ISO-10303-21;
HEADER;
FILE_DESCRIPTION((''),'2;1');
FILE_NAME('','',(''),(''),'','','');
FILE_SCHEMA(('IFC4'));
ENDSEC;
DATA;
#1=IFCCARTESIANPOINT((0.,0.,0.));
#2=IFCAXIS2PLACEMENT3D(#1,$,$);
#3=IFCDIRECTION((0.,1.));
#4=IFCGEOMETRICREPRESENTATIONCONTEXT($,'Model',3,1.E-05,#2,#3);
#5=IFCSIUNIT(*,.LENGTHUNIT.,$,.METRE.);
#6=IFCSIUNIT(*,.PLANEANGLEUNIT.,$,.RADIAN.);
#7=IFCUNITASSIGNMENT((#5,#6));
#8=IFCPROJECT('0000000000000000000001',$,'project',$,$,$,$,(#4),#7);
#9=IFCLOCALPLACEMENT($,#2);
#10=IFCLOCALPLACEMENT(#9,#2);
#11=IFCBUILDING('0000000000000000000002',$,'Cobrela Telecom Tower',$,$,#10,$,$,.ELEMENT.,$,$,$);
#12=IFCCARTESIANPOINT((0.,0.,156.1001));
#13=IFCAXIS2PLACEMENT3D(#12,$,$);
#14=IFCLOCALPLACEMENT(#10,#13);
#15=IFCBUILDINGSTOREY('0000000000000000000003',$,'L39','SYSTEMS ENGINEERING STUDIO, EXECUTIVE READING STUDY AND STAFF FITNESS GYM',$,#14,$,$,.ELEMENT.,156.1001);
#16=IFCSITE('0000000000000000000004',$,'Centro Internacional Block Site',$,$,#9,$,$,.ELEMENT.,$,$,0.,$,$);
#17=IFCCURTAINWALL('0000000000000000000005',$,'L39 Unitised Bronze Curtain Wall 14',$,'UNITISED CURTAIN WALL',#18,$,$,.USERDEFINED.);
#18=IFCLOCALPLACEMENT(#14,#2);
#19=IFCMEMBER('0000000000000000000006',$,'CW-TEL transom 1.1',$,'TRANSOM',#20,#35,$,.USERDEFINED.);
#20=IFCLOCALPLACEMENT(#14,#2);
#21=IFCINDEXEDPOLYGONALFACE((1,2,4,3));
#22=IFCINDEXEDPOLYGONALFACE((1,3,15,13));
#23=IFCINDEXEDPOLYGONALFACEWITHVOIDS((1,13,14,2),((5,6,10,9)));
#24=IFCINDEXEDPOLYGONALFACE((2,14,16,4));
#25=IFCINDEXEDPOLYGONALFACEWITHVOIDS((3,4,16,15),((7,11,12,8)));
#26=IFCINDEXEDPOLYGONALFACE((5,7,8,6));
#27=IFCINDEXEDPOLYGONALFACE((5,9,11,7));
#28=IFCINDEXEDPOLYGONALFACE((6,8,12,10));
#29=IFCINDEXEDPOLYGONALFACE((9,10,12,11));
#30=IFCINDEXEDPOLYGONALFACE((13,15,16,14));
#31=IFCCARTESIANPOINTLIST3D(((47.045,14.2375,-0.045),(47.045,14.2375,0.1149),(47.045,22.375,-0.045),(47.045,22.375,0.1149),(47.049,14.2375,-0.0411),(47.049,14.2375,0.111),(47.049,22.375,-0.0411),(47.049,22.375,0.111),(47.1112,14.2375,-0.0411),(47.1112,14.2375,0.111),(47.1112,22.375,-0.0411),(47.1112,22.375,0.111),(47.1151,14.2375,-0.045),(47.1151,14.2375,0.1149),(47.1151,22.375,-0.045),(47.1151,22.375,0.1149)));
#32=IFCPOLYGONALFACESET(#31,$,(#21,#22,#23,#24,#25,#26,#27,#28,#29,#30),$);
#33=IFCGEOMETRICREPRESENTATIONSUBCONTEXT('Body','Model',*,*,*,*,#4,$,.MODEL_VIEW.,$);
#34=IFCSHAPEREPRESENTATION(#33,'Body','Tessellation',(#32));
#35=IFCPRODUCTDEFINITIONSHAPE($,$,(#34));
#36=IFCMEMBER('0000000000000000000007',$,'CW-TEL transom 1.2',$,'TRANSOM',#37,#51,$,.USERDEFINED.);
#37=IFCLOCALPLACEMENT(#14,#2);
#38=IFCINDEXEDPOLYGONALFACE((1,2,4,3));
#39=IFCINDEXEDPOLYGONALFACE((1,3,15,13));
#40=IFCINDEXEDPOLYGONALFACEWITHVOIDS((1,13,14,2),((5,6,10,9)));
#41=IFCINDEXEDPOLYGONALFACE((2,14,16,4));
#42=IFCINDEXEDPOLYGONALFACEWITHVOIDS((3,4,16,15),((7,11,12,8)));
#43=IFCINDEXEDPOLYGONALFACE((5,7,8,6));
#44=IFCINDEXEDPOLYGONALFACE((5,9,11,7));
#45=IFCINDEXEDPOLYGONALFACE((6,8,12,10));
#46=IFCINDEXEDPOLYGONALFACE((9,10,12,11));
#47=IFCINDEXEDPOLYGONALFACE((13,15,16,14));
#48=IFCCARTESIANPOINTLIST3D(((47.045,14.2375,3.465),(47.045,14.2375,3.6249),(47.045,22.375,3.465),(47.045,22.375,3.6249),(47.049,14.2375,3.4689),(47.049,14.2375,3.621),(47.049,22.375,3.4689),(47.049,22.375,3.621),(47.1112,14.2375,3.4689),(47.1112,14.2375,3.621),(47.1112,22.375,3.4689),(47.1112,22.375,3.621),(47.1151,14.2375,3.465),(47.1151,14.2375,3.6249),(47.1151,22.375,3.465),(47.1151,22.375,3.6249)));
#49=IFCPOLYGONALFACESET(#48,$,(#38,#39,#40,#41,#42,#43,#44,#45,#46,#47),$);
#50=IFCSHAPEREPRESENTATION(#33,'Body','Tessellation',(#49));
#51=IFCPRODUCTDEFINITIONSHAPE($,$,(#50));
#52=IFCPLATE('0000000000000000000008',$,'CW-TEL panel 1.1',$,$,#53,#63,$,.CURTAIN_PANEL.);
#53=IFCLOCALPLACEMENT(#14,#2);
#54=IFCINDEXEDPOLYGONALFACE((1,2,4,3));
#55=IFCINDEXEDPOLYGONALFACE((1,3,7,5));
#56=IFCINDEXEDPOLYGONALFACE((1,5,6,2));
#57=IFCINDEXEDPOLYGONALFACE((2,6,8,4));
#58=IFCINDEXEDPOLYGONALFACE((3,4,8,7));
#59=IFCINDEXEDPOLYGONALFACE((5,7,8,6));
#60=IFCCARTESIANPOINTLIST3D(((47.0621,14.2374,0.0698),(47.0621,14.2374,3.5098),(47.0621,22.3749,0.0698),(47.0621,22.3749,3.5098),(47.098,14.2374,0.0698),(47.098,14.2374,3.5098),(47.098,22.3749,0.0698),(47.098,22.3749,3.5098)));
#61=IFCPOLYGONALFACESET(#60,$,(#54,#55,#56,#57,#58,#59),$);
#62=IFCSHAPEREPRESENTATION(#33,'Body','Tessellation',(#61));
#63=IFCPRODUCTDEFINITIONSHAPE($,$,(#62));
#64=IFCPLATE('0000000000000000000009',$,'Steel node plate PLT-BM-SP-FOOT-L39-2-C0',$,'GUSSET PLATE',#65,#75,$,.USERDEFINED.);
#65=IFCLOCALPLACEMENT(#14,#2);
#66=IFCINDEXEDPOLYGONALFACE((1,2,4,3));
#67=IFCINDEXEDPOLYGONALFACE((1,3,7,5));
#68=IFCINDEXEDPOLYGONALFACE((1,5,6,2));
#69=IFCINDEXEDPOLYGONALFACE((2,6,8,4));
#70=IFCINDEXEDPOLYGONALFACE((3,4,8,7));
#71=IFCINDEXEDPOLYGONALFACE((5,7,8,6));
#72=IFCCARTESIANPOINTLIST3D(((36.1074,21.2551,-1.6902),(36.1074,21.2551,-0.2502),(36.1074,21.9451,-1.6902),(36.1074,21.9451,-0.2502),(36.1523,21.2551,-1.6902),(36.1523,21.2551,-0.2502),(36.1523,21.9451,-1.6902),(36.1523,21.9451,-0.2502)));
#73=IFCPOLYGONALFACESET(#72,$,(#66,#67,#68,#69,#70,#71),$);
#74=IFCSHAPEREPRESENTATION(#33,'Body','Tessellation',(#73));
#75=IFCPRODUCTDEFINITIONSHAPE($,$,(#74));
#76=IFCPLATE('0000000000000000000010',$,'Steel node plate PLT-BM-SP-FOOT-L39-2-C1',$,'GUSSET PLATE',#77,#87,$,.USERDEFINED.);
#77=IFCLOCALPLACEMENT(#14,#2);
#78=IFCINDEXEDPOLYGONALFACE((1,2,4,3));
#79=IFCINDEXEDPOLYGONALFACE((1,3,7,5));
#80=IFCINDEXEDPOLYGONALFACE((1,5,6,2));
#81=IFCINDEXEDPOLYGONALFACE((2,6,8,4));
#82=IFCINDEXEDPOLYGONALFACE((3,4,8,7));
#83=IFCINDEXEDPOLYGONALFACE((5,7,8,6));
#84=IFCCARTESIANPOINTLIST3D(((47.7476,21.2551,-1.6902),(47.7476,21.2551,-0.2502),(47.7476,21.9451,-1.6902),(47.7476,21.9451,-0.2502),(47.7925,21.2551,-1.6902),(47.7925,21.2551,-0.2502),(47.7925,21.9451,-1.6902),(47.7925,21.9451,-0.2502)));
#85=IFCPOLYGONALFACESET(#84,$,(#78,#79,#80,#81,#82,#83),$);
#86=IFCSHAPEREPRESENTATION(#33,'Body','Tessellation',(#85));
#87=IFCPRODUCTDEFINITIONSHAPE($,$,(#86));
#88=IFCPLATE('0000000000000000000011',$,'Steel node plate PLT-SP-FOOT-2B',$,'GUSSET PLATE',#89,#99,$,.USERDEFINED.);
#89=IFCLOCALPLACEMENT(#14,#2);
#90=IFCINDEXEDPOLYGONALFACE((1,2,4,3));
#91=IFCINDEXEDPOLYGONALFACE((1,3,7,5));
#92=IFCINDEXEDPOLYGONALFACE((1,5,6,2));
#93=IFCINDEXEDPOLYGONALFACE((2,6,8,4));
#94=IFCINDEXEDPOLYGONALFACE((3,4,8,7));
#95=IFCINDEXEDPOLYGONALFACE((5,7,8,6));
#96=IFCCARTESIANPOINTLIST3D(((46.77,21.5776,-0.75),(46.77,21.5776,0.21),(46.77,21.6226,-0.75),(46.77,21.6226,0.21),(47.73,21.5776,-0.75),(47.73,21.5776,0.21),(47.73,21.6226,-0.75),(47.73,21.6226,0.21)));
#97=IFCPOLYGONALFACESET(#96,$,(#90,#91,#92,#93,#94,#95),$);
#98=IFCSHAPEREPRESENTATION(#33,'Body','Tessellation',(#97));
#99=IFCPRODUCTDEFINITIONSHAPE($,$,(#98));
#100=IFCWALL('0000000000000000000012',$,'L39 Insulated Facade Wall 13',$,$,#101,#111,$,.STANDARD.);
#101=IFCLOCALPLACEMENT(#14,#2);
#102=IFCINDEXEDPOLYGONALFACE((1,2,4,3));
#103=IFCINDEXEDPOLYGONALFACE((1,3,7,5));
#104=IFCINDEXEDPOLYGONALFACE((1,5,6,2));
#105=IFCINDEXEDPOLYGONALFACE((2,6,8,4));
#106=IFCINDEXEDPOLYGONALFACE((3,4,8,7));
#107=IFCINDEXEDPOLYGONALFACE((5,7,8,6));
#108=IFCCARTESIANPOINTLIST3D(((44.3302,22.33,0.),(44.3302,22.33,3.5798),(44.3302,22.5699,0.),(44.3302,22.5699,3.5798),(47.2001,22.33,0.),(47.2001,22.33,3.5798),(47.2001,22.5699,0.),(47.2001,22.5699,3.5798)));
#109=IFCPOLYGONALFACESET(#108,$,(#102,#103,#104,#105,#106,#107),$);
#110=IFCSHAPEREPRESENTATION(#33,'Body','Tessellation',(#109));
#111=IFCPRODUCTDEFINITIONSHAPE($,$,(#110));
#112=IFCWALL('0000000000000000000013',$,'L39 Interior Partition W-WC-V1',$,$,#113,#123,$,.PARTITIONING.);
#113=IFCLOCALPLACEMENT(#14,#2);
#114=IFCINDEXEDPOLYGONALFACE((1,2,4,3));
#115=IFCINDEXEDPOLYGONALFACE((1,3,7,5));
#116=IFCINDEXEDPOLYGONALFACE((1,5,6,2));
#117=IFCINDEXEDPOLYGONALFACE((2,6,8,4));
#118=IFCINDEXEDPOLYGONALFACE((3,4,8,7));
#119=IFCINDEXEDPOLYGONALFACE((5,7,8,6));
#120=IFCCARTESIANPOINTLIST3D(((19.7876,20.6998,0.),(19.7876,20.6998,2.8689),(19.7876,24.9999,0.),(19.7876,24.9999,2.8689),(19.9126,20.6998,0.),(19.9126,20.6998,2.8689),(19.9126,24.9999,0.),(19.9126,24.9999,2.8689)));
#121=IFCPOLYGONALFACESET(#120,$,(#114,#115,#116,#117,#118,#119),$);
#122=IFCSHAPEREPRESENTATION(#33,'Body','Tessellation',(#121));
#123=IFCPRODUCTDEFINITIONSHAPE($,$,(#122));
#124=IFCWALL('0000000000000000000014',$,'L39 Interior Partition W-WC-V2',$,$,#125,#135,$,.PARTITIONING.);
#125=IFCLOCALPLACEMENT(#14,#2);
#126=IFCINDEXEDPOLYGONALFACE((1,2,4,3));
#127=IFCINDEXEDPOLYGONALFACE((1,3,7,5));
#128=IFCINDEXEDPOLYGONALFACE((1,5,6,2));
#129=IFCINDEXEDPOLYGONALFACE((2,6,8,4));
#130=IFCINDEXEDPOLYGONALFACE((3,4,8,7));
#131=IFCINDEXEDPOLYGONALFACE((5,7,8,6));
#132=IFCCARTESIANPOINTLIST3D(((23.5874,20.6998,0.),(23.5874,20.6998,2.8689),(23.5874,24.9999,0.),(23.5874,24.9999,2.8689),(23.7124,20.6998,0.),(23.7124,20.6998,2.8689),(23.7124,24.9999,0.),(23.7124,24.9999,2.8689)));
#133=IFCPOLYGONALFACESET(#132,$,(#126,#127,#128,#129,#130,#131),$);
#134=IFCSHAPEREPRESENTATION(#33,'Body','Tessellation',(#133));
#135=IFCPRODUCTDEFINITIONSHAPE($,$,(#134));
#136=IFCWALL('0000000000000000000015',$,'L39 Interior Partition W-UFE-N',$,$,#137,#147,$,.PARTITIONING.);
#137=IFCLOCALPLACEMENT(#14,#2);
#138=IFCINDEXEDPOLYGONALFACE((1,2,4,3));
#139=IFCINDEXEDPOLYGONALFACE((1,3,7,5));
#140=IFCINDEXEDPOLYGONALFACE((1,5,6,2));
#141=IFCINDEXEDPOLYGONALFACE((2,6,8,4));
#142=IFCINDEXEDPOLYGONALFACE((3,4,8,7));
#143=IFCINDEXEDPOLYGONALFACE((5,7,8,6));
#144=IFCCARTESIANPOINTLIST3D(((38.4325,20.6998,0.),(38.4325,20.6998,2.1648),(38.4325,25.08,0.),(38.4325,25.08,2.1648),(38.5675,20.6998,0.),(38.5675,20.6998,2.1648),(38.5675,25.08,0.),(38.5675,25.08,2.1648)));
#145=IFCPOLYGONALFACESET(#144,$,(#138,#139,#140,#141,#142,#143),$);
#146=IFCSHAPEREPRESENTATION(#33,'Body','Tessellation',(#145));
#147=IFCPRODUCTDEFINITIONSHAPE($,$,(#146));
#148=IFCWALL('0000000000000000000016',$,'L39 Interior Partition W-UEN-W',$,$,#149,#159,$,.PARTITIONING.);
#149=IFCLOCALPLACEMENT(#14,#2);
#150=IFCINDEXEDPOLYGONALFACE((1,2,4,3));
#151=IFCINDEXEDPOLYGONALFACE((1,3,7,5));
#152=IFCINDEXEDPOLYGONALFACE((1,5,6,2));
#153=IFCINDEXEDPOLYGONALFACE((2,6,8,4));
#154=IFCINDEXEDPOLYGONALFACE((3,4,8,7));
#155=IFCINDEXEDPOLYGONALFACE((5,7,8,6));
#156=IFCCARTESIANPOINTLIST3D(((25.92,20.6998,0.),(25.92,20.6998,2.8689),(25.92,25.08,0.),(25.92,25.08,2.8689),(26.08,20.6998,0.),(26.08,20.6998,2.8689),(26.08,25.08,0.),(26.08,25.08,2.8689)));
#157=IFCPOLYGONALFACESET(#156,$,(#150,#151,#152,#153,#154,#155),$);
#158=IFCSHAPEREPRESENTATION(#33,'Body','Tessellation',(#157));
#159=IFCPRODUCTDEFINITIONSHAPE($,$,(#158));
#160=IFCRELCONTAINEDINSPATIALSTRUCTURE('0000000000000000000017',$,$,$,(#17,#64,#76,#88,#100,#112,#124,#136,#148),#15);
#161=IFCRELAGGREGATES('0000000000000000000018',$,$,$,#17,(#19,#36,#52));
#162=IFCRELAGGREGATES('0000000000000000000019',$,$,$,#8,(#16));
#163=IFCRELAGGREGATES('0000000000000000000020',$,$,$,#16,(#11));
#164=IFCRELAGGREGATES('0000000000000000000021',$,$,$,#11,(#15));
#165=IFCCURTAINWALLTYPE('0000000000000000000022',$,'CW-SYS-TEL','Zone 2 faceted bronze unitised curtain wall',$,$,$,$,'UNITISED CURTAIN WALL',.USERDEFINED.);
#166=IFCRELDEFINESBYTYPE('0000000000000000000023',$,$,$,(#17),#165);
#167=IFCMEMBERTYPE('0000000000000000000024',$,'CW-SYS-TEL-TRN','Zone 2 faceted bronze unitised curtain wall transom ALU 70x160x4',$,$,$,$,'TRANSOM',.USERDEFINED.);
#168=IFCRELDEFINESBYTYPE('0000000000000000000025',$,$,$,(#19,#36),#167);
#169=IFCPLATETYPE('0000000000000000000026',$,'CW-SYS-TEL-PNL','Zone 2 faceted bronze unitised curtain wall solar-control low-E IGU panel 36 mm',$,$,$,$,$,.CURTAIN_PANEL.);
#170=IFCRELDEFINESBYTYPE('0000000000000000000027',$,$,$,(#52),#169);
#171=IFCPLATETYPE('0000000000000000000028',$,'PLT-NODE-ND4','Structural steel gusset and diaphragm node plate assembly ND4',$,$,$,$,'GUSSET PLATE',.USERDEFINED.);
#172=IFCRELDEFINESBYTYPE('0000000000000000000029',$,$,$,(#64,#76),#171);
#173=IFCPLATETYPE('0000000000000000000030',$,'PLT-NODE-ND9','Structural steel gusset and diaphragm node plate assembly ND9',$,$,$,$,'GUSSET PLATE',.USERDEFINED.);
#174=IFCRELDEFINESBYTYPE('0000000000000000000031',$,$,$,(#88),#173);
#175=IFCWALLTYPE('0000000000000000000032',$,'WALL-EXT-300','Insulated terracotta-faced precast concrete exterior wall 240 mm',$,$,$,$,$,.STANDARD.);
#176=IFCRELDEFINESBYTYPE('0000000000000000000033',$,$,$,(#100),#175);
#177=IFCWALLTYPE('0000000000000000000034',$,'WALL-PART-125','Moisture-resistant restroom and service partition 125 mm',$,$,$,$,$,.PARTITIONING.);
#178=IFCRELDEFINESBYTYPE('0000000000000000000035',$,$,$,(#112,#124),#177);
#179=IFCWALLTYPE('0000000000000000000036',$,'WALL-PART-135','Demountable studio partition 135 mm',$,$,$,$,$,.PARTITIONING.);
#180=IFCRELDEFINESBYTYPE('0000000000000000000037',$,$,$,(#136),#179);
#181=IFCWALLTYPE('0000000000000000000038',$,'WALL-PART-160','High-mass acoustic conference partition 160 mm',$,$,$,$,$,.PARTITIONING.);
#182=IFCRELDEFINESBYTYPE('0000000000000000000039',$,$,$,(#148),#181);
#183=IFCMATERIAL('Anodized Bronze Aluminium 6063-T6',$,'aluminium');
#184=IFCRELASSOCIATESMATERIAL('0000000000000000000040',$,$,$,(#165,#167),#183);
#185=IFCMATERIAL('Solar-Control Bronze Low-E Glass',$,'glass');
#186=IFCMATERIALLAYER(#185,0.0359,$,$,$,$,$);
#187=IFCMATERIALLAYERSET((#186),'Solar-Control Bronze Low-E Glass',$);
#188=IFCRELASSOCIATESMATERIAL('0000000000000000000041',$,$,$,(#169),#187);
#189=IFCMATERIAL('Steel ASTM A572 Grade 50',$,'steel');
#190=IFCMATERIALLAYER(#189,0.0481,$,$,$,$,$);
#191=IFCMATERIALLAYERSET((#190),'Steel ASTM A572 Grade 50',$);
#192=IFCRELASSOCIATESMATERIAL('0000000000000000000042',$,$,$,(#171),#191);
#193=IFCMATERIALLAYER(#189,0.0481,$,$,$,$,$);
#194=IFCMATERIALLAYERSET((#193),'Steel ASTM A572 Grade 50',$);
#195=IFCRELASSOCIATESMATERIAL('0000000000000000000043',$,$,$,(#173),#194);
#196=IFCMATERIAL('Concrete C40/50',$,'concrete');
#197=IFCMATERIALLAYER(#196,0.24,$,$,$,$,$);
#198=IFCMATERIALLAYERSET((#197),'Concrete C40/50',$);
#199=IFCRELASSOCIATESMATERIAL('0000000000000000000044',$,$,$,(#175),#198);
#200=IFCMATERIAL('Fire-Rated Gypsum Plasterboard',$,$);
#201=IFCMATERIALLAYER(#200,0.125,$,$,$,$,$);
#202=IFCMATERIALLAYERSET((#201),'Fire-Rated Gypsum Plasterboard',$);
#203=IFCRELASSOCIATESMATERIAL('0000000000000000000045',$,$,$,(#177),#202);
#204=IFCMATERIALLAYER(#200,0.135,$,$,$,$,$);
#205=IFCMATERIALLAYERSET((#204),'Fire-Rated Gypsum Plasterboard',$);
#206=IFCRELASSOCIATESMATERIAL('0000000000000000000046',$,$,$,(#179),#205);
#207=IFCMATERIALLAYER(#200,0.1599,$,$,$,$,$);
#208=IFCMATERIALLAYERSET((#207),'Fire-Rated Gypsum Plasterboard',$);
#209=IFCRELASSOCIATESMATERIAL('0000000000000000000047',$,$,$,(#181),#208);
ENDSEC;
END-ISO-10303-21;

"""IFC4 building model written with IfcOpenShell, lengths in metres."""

from ifc_helpers import new_model, si_unit, direction, frame, frame_2d, origin, origin_2d, place, context, subcontext, project, spatial, rectangle, hollow_rectangle, extrude, material, layer, layer_set, material_profile, profile_set, type_object, element, aggregate, save


model = new_model("IFC4")

# Units and contexts
model_context = context("Model", 3, precision=1e-05, world=origin(), true_north=direction((0.0, 1.0)))
body_context = subcontext(model_context, "Body", "Model", "MODEL_VIEW")
ifc_project = project(units=[si_unit("LENGTHUNIT", "METRE"), si_unit("PLANEANGLEUNIT", "RADIAN")], contexts=[model_context])

# Site, building, storey
site_placement = place(None, origin())
site = spatial("IfcSite", under=ifc_project, at=site_placement, Name="Centro Internacional Block Site", CompositionType="ELEMENT", RefElevation=0.0)
building_placement = place(site_placement, origin())
building = spatial("IfcBuilding", under=site, at=building_placement, Name="Cobrela Telecom Tower", CompositionType="ELEMENT")
storey_placement = place(building_placement, frame((0.0, 0.0, 156.1001)))
storey = spatial("IfcBuildingStorey", under=building, at=storey_placement, Name="L39", Description="SYSTEMS ENGINEERING STUDIO, EXECUTIVE READING STUDY AND STAFF FITNESS GYM", CompositionType="ELEMENT", Elevation=156.1001)

# Shared definitions
ifc_material_1 = material(Name="Steel ASTM A572 Grade 50", Category="steel")

# Curtain wall, members, plate
ifc_material_2 = material(Name="Anodized Bronze Aluminium 6063-T6", Category="aluminium")
curtain_wall_type = type_object("IfcCurtainWallType", Name="CW-SYS-TEL", Description="Zone 2 faceted bronze unitised curtain wall", ElementType="UNITISED CURTAIN WALL", PredefinedType="USERDEFINED", material=ifc_material_2)
curtain_wall_placement = place(storey_placement, origin())
curtain_wall = element("IfcCurtainWall", 1, at=curtain_wall_placement, inside=storey, type_object=curtain_wall_type, Name="L39 Unitised Bronze Curtain Wall 14", ObjectType="UNITISED CURTAIN WALL", PredefinedType="USERDEFINED")
ifc_material_profile_1 = material_profile(ifc_material_2, hollow_rectangle(XDim=0.0701, YDim=0.1599, WallThickness=0.0039, at=origin_2d()), Name="ALU 70x160x4")
ifc_profile_set_1 = profile_set([ifc_material_profile_1], Name="Anodized Bronze Aluminium 6063-T6")
member_type_1 = type_object("IfcMemberType", Name="CW-SYS-TEL-TRN", Description="Zone 2 faceted bronze unitised curtain wall transom ALU 70x160x4", ElementType="TRANSOM", PredefinedType="USERDEFINED", material=ifc_profile_set_1)
member_1_placement = place(storey_placement, frame((47.0801, 22.375, 0.0349), z_axis=(0.0, -1.0, 0.0), x_axis=(1.0, 0.0, 0.0)))
member_1 = element("IfcMember", 2, at=member_1_placement, type_object=member_type_1, Name="CW-TEL transom 1.1", ObjectType="TRANSOM", PredefinedType="USERDEFINED", context=body_context, shape_type="SweptSolid", body=[
    extrude(hollow_rectangle(XDim=0.0701, YDim=0.1599, WallThickness=0.0039, at=origin_2d()), origin(), (0.0, 0.0, 1.0), 8.1375),
])
member_2_placement = place(storey_placement, frame((47.0801, 22.375, 3.5449), z_axis=(0.0, -1.0, 0.0), x_axis=(1.0, 0.0, 0.0)))
member_2 = element("IfcMember", 3, at=member_2_placement, type_object=member_type_1, Name="CW-TEL transom 1.2", ObjectType="TRANSOM", PredefinedType="USERDEFINED", context=body_context, shape_type="SweptSolid", body=[
    extrude(hollow_rectangle(XDim=0.0701, YDim=0.1599, WallThickness=0.0039, at=origin_2d()), origin(), (0.0, 0.0, 1.0), 8.1375),
])
ifc_material_3 = material(Name="Solar-Control Bronze Low-E Glass", Category="glass")
ifc_layer_1 = layer(ifc_material_3, 0.0359)
ifc_layer_set_1 = layer_set([ifc_layer_1], Name="Solar-Control Bronze Low-E Glass")
plate_type_1 = type_object("IfcPlateType", Name="CW-SYS-TEL-PNL", Description="Zone 2 faceted bronze unitised curtain wall solar-control low-E IGU panel 36 mm", PredefinedType="CURTAIN_PANEL", material=ifc_layer_set_1)
plate_1_placement = place(storey_placement, frame((47.0801, 18.3062, 0.0698), z_axis=(0.0, 0.0, 1.0), x_axis=(0.0, -1.0, 0.0)))
plate_1 = element("IfcPlate", 4, at=plate_1_placement, type_object=plate_type_1, Name="CW-TEL panel 1.1", PredefinedType="CURTAIN_PANEL", context=body_context, shape_type="SweptSolid", body=[
    extrude(rectangle(XDim=8.1375, YDim=0.0359, at=origin_2d()), origin(), (0.0, 0.0, 1.0), 3.4399),
])
aggregate(curtain_wall, [member_1, member_2, plate_1])

# Plates
ifc_layer_2 = layer(ifc_material_1, 0.0481)
ifc_layer_set_2 = layer_set([ifc_layer_2], Name="Steel ASTM A572 Grade 50")
plate_type_2 = type_object("IfcPlateType", Name="PLT-NODE-ND4", Description="Structural steel gusset and diaphragm node plate assembly ND4", ElementType="GUSSET PLATE", PredefinedType="USERDEFINED", material=ifc_layer_set_2)
for number, where, z_axis, x_axis, name in (
    (5, (36.1299, 21.6001, -1.6902), (0.0, 0.0, 1.0), (1.0, 0.0, 0.0), "Steel node plate PLT-BM-SP-FOOT-L39-2-C0"),
    (6, (47.77, 21.6001, -1.6902), (0.0, 0.0, 1.0), (1.0, 0.0, 0.0), "Steel node plate PLT-BM-SP-FOOT-L39-2-C1"),
):
    element("IfcPlate", number, at=place(storey_placement, frame(where, z_axis=z_axis, x_axis=x_axis)), inside=storey, type_object=plate_type_2, Name=name, ObjectType="GUSSET PLATE", PredefinedType="USERDEFINED", context=body_context, shape_type="SweptSolid", body=[
        extrude(rectangle(XDim=0.0449, YDim=0.6899, at=origin_2d()), origin(), (0.0, 0.0, 1.0), 1.4399),
    ])
ifc_layer_3 = layer(ifc_material_1, 0.0481)
ifc_layer_set_3 = layer_set([ifc_layer_3], Name="Steel ASTM A572 Grade 50")
plate_type_3 = type_object("IfcPlateType", Name="PLT-NODE-ND9", Description="Structural steel gusset and diaphragm node plate assembly ND9", ElementType="GUSSET PLATE", PredefinedType="USERDEFINED", material=ifc_layer_set_3)
plate_2_placement = place(storey_placement, frame((47.25, 21.6001, -0.75), z_axis=(0.0, 0.0, 1.0), x_axis=(1.0, 0.0, 0.0)))
element("IfcPlate", 7, at=plate_2_placement, inside=storey, type_object=plate_type_3, Name="Steel node plate PLT-SP-FOOT-2B", ObjectType="GUSSET PLATE", PredefinedType="USERDEFINED", context=body_context, shape_type="SweptSolid", body=[
    extrude(rectangle(XDim=0.96, YDim=0.0449, at=origin_2d()), origin(), (0.0, 0.0, 1.0), 0.96),
])

# Walls
ifc_material_4 = material(Name="Concrete C40/50", Category="concrete")
ifc_layer_4 = layer(ifc_material_4, 0.24)
ifc_layer_set_4 = layer_set([ifc_layer_4], Name="Concrete C40/50")
wall_type_1 = type_object("IfcWallType", Name="WALL-EXT-300", Description="Insulated terracotta-faced precast concrete exterior wall 240 mm", PredefinedType="STANDARD", material=ifc_layer_set_4)
wall_1_placement = place(storey_placement, frame((44.3301, 22.45, 0.0), z_axis=(0.0, 0.0, 1.0), x_axis=(1.0, 0.0, 0.0)))
element("IfcWall", 8, at=wall_1_placement, inside=storey, type_object=wall_type_1, Name="L39 Insulated Facade Wall 13", PredefinedType="STANDARD", context=body_context, shape_type="SweptSolid", body=[
    extrude(rectangle(XDim=2.8699, YDim=0.24, at=frame_2d((1.4351, 0.0))), origin(), (0.0, 0.0, 1.0), 3.5798),
])
ifc_material_5 = material(Name="Fire-Rated Gypsum Plasterboard")
ifc_layer_5 = layer(ifc_material_5, 0.125)
ifc_layer_set_5 = layer_set([ifc_layer_5], Name="Fire-Rated Gypsum Plasterboard")
wall_type_2 = type_object("IfcWallType", Name="WALL-PART-125", Description="Moisture-resistant restroom and service partition 125 mm", PredefinedType="PARTITIONING", material=ifc_layer_set_5)
for number, where, z_axis, x_axis, name in (
    (9, (19.8501, 20.7, 0.0), (0.0, 0.0, 1.0), (0.0, 1.0, 0.0), "L39 Interior Partition W-WC-V1"),
    (10, (23.6499, 20.7, 0.0), (0.0, 0.0, 1.0), (0.0, 1.0, 0.0), "L39 Interior Partition W-WC-V2"),
):
    element("IfcWall", number, at=place(storey_placement, frame(where, z_axis=z_axis, x_axis=x_axis)), inside=storey, type_object=wall_type_2, Name=name, PredefinedType="PARTITIONING", context=body_context, shape_type="SweptSolid", body=[
        extrude(rectangle(XDim=4.3, YDim=0.125, at=frame_2d((2.1499, 0.0))), origin(), (0.0, 0.0, 1.0), 2.8689),
    ])
ifc_layer_6 = layer(ifc_material_5, 0.135)
ifc_layer_set_6 = layer_set([ifc_layer_6], Name="Fire-Rated Gypsum Plasterboard")
wall_type_3 = type_object("IfcWallType", Name="WALL-PART-135", Description="Demountable studio partition 135 mm", PredefinedType="PARTITIONING", material=ifc_layer_set_6)
wall_2_placement = place(storey_placement, frame((38.5, 20.7, 0.0), z_axis=(0.0, 0.0, 1.0), x_axis=(0.0, 1.0, 0.0)))
element("IfcWall", 11, at=wall_2_placement, inside=storey, type_object=wall_type_3, Name="L39 Interior Partition W-UFE-N", PredefinedType="PARTITIONING", context=body_context, shape_type="SweptSolid", body=[
    extrude(rectangle(XDim=4.3801, YDim=0.135, at=frame_2d((2.1899, 0.0))), origin(), (0.0, 0.0, 1.0), 2.1648),
])
ifc_layer_7 = layer(ifc_material_5, 0.1599)
ifc_layer_set_7 = layer_set([ifc_layer_7], Name="Fire-Rated Gypsum Plasterboard")
wall_type_4 = type_object("IfcWallType", Name="WALL-PART-160", Description="High-mass acoustic conference partition 160 mm", PredefinedType="PARTITIONING", material=ifc_layer_set_7)
wall_3_placement = place(storey_placement, frame((26.0, 20.7, 0.0), z_axis=(0.0, 0.0, 1.0), x_axis=(0.0, 1.0, 0.0)))
element("IfcWall", 12, at=wall_3_placement, inside=storey, type_object=wall_type_4, Name="L39 Interior Partition W-UEN-W", PredefinedType="PARTITIONING", context=body_context, shape_type="SweptSolid", body=[
    extrude(rectangle(XDim=4.3801, YDim=0.1599, at=frame_2d((2.1899, 0.0))), origin(), (0.0, 0.0, 1.0), 2.8689),
])

save(model, "model.ifc")
